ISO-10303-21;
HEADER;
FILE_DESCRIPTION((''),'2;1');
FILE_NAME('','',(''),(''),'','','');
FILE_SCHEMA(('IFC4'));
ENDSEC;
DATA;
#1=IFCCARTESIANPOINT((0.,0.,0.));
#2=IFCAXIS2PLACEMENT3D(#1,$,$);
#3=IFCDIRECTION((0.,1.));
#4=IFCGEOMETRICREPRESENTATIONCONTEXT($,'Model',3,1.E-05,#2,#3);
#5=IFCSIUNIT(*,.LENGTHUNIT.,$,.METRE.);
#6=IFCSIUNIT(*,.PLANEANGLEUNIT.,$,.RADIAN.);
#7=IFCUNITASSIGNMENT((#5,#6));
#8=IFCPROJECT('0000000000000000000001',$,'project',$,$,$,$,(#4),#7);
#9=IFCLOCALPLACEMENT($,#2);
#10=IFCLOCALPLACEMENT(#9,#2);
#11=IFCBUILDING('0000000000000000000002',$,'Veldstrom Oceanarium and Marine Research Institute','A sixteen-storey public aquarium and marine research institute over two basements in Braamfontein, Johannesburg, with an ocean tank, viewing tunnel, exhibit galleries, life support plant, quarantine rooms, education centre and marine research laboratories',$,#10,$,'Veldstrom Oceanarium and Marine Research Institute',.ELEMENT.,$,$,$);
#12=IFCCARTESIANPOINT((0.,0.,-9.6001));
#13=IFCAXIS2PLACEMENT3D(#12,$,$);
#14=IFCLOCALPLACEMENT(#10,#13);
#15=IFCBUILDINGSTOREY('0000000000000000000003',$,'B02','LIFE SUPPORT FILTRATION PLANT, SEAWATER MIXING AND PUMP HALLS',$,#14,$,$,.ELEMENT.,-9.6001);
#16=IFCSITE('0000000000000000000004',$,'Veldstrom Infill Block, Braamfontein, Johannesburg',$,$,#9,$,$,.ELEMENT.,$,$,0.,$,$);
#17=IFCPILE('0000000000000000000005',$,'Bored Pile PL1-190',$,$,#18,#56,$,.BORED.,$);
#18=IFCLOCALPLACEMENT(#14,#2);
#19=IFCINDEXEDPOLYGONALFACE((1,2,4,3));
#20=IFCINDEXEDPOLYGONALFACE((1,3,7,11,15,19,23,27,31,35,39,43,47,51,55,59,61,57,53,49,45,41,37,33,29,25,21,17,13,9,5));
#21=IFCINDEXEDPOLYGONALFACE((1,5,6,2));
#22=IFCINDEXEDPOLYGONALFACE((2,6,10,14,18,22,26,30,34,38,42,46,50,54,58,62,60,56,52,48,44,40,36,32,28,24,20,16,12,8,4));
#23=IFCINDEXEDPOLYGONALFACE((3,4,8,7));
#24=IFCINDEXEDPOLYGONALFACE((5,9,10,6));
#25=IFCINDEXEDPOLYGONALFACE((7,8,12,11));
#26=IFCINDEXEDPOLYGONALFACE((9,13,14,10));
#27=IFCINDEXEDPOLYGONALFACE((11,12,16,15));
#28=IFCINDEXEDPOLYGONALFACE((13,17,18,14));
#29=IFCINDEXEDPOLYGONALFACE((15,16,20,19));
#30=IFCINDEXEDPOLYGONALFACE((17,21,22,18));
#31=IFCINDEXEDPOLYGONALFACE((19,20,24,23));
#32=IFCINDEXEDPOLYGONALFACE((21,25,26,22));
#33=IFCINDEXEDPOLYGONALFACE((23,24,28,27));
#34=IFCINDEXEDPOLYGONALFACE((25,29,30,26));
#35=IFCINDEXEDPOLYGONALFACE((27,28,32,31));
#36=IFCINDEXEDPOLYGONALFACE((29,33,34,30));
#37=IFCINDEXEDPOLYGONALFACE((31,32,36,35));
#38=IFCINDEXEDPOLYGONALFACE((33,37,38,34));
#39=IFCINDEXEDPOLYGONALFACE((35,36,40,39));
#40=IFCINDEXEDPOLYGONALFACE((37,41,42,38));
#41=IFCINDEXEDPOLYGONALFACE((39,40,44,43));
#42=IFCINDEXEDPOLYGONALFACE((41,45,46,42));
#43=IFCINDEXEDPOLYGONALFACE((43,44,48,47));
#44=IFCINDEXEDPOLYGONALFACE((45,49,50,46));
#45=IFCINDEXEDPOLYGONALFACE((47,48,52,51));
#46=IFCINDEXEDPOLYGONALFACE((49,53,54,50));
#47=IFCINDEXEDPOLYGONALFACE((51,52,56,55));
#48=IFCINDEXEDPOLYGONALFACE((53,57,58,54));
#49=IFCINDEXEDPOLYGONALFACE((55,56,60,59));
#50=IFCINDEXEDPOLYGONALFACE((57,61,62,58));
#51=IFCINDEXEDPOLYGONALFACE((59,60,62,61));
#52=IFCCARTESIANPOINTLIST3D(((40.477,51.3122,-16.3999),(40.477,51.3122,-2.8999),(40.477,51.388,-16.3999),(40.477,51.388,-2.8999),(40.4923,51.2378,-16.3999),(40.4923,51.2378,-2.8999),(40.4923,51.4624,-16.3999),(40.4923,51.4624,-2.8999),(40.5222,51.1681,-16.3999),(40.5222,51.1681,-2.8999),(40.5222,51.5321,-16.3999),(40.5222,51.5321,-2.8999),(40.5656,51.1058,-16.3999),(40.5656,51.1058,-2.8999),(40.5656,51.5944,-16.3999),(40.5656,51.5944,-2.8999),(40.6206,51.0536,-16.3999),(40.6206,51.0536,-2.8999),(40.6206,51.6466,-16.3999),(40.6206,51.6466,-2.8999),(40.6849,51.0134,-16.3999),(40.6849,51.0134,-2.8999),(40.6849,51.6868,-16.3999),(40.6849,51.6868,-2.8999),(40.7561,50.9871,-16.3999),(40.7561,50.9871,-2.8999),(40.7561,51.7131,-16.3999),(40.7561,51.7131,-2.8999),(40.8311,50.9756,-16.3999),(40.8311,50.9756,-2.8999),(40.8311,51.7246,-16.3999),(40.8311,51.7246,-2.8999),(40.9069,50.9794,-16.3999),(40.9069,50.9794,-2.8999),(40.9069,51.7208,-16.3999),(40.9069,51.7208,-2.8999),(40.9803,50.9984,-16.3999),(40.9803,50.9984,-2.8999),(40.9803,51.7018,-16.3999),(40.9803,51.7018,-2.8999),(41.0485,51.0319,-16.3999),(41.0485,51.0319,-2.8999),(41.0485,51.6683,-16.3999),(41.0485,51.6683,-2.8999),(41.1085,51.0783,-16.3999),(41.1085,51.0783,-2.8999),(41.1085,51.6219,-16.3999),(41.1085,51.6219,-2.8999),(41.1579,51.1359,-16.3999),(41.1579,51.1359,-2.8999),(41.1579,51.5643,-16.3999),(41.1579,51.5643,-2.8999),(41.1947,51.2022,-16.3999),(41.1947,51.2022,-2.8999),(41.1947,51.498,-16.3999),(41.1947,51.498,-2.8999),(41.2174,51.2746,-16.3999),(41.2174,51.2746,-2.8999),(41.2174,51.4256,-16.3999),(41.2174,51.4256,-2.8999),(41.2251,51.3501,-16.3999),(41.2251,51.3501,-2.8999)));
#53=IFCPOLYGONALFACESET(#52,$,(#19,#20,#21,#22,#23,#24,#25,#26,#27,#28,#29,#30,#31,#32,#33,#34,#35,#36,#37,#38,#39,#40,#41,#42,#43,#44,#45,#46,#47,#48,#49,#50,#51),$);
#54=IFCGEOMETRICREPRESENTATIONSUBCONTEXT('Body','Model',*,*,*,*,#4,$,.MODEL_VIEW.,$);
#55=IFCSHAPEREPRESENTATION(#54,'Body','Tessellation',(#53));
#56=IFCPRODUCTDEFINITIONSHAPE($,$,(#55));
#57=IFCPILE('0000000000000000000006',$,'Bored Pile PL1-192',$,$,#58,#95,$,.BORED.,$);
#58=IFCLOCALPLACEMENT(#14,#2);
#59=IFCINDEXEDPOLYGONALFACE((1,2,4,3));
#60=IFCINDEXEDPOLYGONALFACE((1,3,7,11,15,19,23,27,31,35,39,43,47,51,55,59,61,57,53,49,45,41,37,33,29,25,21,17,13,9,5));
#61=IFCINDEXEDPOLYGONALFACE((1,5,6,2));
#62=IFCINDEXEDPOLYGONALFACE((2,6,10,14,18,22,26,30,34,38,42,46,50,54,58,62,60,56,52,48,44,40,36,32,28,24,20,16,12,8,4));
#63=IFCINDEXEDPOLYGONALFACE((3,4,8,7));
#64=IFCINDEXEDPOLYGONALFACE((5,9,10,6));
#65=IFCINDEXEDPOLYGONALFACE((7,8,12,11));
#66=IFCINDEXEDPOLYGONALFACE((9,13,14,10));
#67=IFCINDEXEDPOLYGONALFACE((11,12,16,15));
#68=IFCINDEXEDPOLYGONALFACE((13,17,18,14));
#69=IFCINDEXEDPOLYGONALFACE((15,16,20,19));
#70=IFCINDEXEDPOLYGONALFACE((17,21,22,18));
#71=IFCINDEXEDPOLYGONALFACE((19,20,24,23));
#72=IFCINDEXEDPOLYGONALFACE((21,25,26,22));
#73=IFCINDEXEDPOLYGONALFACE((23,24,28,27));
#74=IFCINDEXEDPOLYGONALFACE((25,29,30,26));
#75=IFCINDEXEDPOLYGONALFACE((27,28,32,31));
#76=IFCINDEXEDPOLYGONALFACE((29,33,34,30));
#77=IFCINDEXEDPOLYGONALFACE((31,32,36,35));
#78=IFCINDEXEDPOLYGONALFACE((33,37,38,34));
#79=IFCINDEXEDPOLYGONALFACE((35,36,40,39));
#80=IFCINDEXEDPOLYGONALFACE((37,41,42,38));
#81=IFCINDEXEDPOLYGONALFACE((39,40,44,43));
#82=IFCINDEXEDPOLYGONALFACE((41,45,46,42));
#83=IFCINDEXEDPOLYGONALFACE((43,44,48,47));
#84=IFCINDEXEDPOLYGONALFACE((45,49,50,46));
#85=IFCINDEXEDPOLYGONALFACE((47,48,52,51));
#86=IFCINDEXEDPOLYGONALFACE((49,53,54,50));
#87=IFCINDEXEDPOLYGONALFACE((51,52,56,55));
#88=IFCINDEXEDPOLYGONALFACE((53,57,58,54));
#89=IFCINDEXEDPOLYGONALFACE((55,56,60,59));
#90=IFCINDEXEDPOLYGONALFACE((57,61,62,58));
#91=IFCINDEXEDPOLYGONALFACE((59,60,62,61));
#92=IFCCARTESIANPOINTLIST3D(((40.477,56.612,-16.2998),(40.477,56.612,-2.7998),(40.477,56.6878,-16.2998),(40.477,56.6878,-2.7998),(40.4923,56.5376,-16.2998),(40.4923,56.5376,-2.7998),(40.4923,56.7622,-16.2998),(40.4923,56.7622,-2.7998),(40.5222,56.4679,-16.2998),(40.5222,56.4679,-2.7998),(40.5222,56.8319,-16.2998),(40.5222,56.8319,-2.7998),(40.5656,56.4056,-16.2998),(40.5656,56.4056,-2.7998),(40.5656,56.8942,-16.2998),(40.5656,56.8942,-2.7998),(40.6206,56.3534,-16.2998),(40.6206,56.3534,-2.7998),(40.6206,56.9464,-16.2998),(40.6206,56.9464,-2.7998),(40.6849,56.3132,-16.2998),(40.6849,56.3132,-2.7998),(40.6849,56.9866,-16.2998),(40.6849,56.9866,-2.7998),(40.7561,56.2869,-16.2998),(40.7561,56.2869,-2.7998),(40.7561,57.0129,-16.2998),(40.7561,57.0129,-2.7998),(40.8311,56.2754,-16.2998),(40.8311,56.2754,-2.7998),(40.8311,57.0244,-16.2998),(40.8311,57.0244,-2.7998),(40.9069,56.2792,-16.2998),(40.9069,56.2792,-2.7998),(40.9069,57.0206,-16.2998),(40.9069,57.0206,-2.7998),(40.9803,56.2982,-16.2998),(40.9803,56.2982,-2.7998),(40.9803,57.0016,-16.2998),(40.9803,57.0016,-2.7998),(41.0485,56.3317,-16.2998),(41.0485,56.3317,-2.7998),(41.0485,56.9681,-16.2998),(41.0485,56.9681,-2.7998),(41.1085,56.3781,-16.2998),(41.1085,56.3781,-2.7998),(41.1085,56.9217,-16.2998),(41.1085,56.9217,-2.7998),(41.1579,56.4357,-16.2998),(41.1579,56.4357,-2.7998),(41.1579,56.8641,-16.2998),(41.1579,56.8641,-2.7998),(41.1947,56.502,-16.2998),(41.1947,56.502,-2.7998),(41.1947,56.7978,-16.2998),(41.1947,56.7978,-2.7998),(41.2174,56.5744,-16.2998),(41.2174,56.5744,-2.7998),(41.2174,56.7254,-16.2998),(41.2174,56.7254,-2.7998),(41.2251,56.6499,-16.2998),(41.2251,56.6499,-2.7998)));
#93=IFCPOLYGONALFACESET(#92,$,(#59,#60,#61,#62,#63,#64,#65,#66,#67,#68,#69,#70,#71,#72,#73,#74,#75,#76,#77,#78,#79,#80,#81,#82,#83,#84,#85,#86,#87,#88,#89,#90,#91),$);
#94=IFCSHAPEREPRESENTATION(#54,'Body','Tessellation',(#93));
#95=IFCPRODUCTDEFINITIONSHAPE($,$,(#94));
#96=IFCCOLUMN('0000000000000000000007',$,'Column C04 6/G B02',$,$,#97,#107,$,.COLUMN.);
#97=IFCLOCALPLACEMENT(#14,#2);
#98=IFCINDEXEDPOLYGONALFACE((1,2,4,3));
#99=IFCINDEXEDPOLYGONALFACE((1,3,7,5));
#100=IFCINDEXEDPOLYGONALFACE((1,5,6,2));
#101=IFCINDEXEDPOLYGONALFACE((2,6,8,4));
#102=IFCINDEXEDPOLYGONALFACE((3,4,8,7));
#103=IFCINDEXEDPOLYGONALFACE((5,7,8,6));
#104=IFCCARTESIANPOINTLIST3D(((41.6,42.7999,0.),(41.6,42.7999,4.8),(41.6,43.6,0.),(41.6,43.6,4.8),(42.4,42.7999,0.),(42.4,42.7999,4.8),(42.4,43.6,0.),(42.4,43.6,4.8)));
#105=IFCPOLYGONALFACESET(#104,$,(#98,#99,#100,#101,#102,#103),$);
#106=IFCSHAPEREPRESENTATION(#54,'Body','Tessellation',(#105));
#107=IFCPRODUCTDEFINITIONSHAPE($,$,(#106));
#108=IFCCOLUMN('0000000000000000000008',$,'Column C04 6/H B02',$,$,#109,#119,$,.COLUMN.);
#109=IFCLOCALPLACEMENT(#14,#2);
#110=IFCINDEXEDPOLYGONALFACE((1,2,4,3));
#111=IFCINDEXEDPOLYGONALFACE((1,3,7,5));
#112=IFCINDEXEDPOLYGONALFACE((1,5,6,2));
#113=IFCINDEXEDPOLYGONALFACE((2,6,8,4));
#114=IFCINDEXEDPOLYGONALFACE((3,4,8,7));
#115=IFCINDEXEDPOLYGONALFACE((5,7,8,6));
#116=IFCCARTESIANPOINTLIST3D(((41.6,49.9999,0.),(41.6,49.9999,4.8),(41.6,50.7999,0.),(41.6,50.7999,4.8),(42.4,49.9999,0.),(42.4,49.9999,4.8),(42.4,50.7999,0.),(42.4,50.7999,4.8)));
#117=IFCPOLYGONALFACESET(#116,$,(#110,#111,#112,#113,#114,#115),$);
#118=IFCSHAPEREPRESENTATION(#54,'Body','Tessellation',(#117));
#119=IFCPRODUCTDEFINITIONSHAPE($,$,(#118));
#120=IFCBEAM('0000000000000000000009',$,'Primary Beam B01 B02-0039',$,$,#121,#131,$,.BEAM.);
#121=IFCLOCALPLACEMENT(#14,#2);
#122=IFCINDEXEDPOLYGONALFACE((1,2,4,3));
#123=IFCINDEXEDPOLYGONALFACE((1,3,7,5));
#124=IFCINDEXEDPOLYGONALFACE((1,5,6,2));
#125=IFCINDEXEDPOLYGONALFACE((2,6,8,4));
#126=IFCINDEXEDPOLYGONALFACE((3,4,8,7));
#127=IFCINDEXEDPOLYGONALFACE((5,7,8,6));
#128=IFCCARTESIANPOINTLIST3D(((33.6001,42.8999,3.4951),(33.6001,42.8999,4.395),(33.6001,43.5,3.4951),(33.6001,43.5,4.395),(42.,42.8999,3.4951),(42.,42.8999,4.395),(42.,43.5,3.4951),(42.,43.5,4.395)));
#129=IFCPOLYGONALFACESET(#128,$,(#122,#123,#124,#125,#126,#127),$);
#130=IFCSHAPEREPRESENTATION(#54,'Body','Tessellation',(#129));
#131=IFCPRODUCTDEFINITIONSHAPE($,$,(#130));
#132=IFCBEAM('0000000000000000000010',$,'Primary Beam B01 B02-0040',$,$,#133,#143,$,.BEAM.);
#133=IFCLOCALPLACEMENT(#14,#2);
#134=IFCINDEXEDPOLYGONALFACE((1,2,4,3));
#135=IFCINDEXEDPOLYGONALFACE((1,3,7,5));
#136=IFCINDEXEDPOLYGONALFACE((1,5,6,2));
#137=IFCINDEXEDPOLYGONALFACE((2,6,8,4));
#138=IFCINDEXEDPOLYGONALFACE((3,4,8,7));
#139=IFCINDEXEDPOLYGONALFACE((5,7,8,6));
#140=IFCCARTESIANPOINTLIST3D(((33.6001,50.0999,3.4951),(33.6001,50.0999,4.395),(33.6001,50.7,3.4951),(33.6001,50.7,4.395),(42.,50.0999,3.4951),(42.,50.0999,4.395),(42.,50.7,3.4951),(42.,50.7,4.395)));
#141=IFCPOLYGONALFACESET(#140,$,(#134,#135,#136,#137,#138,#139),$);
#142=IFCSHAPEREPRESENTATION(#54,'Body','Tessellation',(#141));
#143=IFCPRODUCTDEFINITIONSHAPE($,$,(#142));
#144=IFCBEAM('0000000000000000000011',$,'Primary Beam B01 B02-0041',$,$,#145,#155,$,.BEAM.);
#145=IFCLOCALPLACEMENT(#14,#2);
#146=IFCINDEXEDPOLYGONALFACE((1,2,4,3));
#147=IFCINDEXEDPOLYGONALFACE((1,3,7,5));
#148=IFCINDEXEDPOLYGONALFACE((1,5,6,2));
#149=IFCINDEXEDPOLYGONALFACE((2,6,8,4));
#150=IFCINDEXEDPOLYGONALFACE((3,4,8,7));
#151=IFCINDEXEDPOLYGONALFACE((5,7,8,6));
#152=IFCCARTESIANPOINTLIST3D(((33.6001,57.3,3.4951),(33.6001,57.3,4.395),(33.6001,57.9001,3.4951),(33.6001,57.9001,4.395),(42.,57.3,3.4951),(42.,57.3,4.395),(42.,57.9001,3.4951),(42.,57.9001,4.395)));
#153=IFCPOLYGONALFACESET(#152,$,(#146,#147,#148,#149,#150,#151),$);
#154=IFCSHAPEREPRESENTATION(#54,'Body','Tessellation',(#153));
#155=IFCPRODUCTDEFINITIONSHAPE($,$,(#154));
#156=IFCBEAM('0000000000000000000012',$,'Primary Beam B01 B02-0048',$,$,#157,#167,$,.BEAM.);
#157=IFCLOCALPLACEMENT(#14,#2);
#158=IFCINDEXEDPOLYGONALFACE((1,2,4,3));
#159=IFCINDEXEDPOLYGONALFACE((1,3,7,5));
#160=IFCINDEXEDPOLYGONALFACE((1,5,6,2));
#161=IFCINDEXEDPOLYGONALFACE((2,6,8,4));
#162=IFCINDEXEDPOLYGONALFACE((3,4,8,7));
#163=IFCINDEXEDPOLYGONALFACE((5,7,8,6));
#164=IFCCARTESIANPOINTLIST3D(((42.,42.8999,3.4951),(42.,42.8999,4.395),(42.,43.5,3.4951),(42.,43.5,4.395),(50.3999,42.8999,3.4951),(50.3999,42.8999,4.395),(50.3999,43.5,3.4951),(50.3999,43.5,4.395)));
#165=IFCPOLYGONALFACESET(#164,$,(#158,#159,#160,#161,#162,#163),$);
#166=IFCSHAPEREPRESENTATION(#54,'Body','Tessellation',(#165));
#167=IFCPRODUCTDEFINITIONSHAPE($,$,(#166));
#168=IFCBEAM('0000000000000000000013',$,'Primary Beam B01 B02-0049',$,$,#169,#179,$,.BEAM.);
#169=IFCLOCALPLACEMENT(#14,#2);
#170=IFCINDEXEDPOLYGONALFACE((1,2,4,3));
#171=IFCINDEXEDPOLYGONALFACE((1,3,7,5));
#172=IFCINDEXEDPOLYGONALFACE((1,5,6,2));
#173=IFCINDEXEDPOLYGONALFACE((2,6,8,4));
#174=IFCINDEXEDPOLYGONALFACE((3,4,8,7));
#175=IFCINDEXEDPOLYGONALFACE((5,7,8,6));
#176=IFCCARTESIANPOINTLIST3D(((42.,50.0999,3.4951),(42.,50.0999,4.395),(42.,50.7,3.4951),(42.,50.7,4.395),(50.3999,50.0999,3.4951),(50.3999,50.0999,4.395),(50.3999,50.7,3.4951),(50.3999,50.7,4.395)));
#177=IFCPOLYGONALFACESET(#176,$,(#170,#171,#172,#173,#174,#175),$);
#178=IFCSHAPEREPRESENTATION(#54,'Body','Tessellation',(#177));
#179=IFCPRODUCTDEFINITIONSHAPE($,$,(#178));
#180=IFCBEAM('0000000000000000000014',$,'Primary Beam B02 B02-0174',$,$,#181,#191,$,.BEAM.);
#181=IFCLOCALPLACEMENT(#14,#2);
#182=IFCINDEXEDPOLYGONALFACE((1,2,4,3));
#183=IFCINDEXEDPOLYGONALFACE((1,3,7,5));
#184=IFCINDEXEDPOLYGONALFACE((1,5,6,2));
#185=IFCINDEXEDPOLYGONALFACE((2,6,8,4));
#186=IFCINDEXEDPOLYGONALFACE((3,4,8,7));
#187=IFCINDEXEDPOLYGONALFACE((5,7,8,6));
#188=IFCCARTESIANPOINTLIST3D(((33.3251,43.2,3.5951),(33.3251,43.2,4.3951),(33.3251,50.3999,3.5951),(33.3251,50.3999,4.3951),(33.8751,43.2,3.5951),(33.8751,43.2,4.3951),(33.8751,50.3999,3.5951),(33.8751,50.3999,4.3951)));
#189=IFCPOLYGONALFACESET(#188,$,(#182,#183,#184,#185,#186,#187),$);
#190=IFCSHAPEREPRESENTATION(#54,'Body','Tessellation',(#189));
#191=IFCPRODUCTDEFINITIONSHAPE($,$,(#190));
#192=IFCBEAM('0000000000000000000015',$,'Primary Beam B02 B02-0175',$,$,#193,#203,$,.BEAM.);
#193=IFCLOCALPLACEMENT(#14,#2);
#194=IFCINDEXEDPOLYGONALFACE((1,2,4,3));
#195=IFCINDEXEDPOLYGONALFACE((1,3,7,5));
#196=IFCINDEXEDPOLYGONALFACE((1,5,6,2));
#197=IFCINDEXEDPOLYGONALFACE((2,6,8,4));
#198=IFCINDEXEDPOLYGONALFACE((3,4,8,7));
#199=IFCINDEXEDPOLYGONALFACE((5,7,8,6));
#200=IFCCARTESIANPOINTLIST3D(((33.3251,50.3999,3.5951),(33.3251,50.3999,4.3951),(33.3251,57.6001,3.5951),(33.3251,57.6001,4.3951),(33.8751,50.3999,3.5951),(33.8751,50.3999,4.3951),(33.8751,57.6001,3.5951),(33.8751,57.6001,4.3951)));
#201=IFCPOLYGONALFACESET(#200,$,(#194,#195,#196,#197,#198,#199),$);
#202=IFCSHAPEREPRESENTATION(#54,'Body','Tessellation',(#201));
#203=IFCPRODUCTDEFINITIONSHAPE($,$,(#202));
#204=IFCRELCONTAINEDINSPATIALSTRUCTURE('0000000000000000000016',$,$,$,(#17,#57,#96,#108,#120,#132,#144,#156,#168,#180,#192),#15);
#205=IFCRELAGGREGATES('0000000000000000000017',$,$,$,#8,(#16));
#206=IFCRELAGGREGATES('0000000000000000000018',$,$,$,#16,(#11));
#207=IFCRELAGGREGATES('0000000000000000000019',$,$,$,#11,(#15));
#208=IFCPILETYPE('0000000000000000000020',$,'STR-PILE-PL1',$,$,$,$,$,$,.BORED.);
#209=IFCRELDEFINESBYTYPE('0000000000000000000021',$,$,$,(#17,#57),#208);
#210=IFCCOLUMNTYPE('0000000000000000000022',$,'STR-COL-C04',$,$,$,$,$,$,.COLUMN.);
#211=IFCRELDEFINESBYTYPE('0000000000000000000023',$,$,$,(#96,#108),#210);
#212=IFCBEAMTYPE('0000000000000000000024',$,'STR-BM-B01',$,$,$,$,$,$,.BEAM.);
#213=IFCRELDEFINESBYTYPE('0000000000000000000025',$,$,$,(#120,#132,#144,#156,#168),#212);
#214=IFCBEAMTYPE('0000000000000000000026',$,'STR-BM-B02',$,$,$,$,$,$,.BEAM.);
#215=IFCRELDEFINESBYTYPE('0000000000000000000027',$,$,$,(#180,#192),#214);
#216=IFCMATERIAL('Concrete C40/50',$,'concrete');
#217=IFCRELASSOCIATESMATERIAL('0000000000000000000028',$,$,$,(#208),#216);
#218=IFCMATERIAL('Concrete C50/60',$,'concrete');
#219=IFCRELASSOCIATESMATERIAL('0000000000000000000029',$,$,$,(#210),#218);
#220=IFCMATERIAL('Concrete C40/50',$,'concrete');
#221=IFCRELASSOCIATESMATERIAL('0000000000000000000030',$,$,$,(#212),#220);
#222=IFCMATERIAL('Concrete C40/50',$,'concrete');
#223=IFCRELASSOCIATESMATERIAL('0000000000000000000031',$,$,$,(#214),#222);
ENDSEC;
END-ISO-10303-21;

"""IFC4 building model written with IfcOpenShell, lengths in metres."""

from ifc_helpers import new_model, si_unit, direction, frame, origin, origin_2d, place, context, subcontext, project, spatial, rectangle, circle, extrude, material, material_profile, profile_set, type_object, element, save


model = new_model("IFC4")

# Units and contexts
model_context = context("Model", 3, precision=1e-05, world=origin(), true_north=direction((0.0, 1.0)))
body_context = subcontext(model_context, "Body", "Model", "MODEL_VIEW")
ifc_project = project(units=[si_unit("LENGTHUNIT", "METRE"), si_unit("PLANEANGLEUNIT", "RADIAN")], contexts=[model_context])

# Site, building, storey
site_placement = place(None, origin())
site = spatial("IfcSite", under=ifc_project, at=site_placement, Name="Veldstrom Infill Block, Braamfontein, Johannesburg", CompositionType="ELEMENT", RefElevation=0.0)
building_placement = place(site_placement, origin())
building = spatial("IfcBuilding", under=site, at=building_placement, Name="Veldstrom Oceanarium and Marine Research Institute", Description="A sixteen-storey public aquarium and marine research institute over two basements in Braamfontein, Johannesburg, with an ocean tank, viewing tunnel, exhibit galleries, life support plant, quarantine rooms, education centre and marine research laboratories", LongName="Veldstrom Oceanarium and Marine Research Institute", CompositionType="ELEMENT")
storey_placement = place(building_placement, frame((0.0, 0.0, -9.6001)))
storey = spatial("IfcBuildingStorey", under=building, at=storey_placement, Name="B02", Description="LIFE SUPPORT FILTRATION PLANT, SEAWATER MIXING AND PUMP HALLS", CompositionType="ELEMENT", Elevation=-9.6001)

# Piles
ifc_material_1 = material(Name="Concrete C40/50", Category="concrete")
ifc_material_profile_1 = material_profile(ifc_material_1, circle(Radius=0.375, at=origin_2d()), Name="PILE-D750")
ifc_profile_set_1 = profile_set([ifc_material_profile_1], Name="Concrete C40/50")
pile_type = type_object("IfcPileType", Name="STR-PILE-PL1", PredefinedType="BORED", material=ifc_profile_set_1)
for number, where, z_axis, x_axis, name in (
    (1, (40.8501, 51.3501, -2.8999), (0.0, 0.0, -1.0), (1.0, 0.0, 0.0), "Bored Pile PL1-190"),
    (2, (40.8501, 56.6499, -2.7998), (0.0, 0.0, -1.0), (1.0, 0.0, 0.0), "Bored Pile PL1-192"),
):
    element("IfcPile", number, at=place(storey_placement, frame(where, z_axis=z_axis, x_axis=x_axis)), inside=storey, type_object=pile_type, Name=name, PredefinedType="BORED", context=body_context, shape_type="SweptSolid", body=[
        extrude(circle(Radius=0.375, at=origin_2d()), origin(), (0.0, 0.0, 1.0), 13.5),
    ])

# Columns
ifc_material_2 = material(Name="Concrete C50/60", Category="concrete")
ifc_material_profile_2 = material_profile(ifc_material_2, rectangle(XDim=0.8, YDim=0.8, at=origin_2d()), Name="RC-COL-800x800")
ifc_profile_set_2 = profile_set([ifc_material_profile_2], Name="Concrete C50/60")
column_type = type_object("IfcColumnType", Name="STR-COL-C04", PredefinedType="COLUMN", material=ifc_profile_set_2)
for number, where, z_axis, x_axis, name in (
    (3, (42.0, 43.2, 0.0), (0.0, 0.0, 1.0), (1.0, 0.0, 0.0), "Column C04 6/G B02"),
    (4, (42.0, 50.3999, 0.0), (0.0, 0.0, 1.0), (1.0, 0.0, 0.0), "Column C04 6/H B02"),
):
    element("IfcColumn", number, at=place(storey_placement, frame(where, z_axis=z_axis, x_axis=x_axis)), inside=storey, type_object=column_type, Name=name, PredefinedType="COLUMN", context=body_context, shape_type="SweptSolid", body=[
        extrude(rectangle(XDim=0.8, YDim=0.8, at=origin_2d()), origin(), (0.0, 0.0, 1.0), 4.8),
    ])

# Beams
ifc_material_3 = material(Name="Concrete C40/50", Category="concrete")
ifc_material_profile_3 = material_profile(ifc_material_3, rectangle(XDim=0.6001, YDim=0.8999, at=origin_2d()), Name="RC-BM-600x900")
ifc_profile_set_3 = profile_set([ifc_material_profile_3], Name="Concrete C40/50")
beam_type_1 = type_object("IfcBeamType", Name="STR-BM-B01", PredefinedType="BEAM", material=ifc_profile_set_3)
for number, where, z_axis, x_axis, name in (
    (5, (33.6001, 43.2, 3.9451), (1.0, 0.0, 0.0), (0.0, 1.0, 0.0), "Primary Beam B01 B02-0039"),
    (6, (33.6001, 50.3999, 3.9451), (1.0, 0.0, 0.0), (0.0, 1.0, 0.0), "Primary Beam B01 B02-0040"),
    (7, (33.6001, 57.6001, 3.9451), (1.0, 0.0, 0.0), (0.0, 1.0, 0.0), "Primary Beam B01 B02-0041"),
    (8, (42.0, 43.2, 3.9451), (1.0, 0.0, 0.0), (0.0, 1.0, 0.0), "Primary Beam B01 B02-0048"),
    (9, (42.0, 50.3999, 3.9451), (1.0, 0.0, 0.0), (0.0, 1.0, 0.0), "Primary Beam B01 B02-0049"),
):
    element("IfcBeam", number, at=place(storey_placement, frame(where, z_axis=z_axis, x_axis=x_axis)), inside=storey, type_object=beam_type_1, Name=name, PredefinedType="BEAM", context=body_context, shape_type="SweptSolid", body=[
        extrude(rectangle(XDim=0.6001, YDim=0.8999, at=origin_2d()), origin(), (0.0, 0.0, 1.0), 8.3999),
    ])
ifc_material_4 = material(Name="Concrete C40/50", Category="concrete")
ifc_material_profile_4 = material_profile(ifc_material_4, rectangle(XDim=0.55, YDim=0.8, at=origin_2d()), Name="RC-BM-550x800")
ifc_profile_set_4 = profile_set([ifc_material_profile_4], Name="Concrete C40/50")
beam_type_2 = type_object("IfcBeamType", Name="STR-BM-B02", PredefinedType="BEAM", material=ifc_profile_set_4)
beam_1_placement = place(storey_placement, frame((33.6001, 43.2, 3.9951), z_axis=(0.0, 1.0, 0.0), x_axis=(-1.0, 0.0, 0.0)))
element("IfcBeam", 10, at=beam_1_placement, inside=storey, type_object=beam_type_2, Name="Primary Beam B02 B02-0174", PredefinedType="BEAM", context=body_context, shape_type="SweptSolid", body=[
    extrude(rectangle(XDim=0.55, YDim=0.8, at=origin_2d()), origin(), (0.0, 0.0, 1.0), 7.2),
])
beam_2_placement = place(storey_placement, frame((33.6001, 50.3999, 3.9951), z_axis=(0.0, 1.0, 0.0), x_axis=(-1.0, 0.0, 0.0)))
element("IfcBeam", 11, at=beam_2_placement, inside=storey, type_object=beam_type_2, Name="Primary Beam B02 B02-0175", PredefinedType="BEAM", context=body_context, shape_type="SweptSolid", body=[
    extrude(rectangle(XDim=0.55, YDim=0.8, at=origin_2d()), origin(), (0.0, 0.0, 1.0), 7.2002),
])

save(model, "model.ifc")
